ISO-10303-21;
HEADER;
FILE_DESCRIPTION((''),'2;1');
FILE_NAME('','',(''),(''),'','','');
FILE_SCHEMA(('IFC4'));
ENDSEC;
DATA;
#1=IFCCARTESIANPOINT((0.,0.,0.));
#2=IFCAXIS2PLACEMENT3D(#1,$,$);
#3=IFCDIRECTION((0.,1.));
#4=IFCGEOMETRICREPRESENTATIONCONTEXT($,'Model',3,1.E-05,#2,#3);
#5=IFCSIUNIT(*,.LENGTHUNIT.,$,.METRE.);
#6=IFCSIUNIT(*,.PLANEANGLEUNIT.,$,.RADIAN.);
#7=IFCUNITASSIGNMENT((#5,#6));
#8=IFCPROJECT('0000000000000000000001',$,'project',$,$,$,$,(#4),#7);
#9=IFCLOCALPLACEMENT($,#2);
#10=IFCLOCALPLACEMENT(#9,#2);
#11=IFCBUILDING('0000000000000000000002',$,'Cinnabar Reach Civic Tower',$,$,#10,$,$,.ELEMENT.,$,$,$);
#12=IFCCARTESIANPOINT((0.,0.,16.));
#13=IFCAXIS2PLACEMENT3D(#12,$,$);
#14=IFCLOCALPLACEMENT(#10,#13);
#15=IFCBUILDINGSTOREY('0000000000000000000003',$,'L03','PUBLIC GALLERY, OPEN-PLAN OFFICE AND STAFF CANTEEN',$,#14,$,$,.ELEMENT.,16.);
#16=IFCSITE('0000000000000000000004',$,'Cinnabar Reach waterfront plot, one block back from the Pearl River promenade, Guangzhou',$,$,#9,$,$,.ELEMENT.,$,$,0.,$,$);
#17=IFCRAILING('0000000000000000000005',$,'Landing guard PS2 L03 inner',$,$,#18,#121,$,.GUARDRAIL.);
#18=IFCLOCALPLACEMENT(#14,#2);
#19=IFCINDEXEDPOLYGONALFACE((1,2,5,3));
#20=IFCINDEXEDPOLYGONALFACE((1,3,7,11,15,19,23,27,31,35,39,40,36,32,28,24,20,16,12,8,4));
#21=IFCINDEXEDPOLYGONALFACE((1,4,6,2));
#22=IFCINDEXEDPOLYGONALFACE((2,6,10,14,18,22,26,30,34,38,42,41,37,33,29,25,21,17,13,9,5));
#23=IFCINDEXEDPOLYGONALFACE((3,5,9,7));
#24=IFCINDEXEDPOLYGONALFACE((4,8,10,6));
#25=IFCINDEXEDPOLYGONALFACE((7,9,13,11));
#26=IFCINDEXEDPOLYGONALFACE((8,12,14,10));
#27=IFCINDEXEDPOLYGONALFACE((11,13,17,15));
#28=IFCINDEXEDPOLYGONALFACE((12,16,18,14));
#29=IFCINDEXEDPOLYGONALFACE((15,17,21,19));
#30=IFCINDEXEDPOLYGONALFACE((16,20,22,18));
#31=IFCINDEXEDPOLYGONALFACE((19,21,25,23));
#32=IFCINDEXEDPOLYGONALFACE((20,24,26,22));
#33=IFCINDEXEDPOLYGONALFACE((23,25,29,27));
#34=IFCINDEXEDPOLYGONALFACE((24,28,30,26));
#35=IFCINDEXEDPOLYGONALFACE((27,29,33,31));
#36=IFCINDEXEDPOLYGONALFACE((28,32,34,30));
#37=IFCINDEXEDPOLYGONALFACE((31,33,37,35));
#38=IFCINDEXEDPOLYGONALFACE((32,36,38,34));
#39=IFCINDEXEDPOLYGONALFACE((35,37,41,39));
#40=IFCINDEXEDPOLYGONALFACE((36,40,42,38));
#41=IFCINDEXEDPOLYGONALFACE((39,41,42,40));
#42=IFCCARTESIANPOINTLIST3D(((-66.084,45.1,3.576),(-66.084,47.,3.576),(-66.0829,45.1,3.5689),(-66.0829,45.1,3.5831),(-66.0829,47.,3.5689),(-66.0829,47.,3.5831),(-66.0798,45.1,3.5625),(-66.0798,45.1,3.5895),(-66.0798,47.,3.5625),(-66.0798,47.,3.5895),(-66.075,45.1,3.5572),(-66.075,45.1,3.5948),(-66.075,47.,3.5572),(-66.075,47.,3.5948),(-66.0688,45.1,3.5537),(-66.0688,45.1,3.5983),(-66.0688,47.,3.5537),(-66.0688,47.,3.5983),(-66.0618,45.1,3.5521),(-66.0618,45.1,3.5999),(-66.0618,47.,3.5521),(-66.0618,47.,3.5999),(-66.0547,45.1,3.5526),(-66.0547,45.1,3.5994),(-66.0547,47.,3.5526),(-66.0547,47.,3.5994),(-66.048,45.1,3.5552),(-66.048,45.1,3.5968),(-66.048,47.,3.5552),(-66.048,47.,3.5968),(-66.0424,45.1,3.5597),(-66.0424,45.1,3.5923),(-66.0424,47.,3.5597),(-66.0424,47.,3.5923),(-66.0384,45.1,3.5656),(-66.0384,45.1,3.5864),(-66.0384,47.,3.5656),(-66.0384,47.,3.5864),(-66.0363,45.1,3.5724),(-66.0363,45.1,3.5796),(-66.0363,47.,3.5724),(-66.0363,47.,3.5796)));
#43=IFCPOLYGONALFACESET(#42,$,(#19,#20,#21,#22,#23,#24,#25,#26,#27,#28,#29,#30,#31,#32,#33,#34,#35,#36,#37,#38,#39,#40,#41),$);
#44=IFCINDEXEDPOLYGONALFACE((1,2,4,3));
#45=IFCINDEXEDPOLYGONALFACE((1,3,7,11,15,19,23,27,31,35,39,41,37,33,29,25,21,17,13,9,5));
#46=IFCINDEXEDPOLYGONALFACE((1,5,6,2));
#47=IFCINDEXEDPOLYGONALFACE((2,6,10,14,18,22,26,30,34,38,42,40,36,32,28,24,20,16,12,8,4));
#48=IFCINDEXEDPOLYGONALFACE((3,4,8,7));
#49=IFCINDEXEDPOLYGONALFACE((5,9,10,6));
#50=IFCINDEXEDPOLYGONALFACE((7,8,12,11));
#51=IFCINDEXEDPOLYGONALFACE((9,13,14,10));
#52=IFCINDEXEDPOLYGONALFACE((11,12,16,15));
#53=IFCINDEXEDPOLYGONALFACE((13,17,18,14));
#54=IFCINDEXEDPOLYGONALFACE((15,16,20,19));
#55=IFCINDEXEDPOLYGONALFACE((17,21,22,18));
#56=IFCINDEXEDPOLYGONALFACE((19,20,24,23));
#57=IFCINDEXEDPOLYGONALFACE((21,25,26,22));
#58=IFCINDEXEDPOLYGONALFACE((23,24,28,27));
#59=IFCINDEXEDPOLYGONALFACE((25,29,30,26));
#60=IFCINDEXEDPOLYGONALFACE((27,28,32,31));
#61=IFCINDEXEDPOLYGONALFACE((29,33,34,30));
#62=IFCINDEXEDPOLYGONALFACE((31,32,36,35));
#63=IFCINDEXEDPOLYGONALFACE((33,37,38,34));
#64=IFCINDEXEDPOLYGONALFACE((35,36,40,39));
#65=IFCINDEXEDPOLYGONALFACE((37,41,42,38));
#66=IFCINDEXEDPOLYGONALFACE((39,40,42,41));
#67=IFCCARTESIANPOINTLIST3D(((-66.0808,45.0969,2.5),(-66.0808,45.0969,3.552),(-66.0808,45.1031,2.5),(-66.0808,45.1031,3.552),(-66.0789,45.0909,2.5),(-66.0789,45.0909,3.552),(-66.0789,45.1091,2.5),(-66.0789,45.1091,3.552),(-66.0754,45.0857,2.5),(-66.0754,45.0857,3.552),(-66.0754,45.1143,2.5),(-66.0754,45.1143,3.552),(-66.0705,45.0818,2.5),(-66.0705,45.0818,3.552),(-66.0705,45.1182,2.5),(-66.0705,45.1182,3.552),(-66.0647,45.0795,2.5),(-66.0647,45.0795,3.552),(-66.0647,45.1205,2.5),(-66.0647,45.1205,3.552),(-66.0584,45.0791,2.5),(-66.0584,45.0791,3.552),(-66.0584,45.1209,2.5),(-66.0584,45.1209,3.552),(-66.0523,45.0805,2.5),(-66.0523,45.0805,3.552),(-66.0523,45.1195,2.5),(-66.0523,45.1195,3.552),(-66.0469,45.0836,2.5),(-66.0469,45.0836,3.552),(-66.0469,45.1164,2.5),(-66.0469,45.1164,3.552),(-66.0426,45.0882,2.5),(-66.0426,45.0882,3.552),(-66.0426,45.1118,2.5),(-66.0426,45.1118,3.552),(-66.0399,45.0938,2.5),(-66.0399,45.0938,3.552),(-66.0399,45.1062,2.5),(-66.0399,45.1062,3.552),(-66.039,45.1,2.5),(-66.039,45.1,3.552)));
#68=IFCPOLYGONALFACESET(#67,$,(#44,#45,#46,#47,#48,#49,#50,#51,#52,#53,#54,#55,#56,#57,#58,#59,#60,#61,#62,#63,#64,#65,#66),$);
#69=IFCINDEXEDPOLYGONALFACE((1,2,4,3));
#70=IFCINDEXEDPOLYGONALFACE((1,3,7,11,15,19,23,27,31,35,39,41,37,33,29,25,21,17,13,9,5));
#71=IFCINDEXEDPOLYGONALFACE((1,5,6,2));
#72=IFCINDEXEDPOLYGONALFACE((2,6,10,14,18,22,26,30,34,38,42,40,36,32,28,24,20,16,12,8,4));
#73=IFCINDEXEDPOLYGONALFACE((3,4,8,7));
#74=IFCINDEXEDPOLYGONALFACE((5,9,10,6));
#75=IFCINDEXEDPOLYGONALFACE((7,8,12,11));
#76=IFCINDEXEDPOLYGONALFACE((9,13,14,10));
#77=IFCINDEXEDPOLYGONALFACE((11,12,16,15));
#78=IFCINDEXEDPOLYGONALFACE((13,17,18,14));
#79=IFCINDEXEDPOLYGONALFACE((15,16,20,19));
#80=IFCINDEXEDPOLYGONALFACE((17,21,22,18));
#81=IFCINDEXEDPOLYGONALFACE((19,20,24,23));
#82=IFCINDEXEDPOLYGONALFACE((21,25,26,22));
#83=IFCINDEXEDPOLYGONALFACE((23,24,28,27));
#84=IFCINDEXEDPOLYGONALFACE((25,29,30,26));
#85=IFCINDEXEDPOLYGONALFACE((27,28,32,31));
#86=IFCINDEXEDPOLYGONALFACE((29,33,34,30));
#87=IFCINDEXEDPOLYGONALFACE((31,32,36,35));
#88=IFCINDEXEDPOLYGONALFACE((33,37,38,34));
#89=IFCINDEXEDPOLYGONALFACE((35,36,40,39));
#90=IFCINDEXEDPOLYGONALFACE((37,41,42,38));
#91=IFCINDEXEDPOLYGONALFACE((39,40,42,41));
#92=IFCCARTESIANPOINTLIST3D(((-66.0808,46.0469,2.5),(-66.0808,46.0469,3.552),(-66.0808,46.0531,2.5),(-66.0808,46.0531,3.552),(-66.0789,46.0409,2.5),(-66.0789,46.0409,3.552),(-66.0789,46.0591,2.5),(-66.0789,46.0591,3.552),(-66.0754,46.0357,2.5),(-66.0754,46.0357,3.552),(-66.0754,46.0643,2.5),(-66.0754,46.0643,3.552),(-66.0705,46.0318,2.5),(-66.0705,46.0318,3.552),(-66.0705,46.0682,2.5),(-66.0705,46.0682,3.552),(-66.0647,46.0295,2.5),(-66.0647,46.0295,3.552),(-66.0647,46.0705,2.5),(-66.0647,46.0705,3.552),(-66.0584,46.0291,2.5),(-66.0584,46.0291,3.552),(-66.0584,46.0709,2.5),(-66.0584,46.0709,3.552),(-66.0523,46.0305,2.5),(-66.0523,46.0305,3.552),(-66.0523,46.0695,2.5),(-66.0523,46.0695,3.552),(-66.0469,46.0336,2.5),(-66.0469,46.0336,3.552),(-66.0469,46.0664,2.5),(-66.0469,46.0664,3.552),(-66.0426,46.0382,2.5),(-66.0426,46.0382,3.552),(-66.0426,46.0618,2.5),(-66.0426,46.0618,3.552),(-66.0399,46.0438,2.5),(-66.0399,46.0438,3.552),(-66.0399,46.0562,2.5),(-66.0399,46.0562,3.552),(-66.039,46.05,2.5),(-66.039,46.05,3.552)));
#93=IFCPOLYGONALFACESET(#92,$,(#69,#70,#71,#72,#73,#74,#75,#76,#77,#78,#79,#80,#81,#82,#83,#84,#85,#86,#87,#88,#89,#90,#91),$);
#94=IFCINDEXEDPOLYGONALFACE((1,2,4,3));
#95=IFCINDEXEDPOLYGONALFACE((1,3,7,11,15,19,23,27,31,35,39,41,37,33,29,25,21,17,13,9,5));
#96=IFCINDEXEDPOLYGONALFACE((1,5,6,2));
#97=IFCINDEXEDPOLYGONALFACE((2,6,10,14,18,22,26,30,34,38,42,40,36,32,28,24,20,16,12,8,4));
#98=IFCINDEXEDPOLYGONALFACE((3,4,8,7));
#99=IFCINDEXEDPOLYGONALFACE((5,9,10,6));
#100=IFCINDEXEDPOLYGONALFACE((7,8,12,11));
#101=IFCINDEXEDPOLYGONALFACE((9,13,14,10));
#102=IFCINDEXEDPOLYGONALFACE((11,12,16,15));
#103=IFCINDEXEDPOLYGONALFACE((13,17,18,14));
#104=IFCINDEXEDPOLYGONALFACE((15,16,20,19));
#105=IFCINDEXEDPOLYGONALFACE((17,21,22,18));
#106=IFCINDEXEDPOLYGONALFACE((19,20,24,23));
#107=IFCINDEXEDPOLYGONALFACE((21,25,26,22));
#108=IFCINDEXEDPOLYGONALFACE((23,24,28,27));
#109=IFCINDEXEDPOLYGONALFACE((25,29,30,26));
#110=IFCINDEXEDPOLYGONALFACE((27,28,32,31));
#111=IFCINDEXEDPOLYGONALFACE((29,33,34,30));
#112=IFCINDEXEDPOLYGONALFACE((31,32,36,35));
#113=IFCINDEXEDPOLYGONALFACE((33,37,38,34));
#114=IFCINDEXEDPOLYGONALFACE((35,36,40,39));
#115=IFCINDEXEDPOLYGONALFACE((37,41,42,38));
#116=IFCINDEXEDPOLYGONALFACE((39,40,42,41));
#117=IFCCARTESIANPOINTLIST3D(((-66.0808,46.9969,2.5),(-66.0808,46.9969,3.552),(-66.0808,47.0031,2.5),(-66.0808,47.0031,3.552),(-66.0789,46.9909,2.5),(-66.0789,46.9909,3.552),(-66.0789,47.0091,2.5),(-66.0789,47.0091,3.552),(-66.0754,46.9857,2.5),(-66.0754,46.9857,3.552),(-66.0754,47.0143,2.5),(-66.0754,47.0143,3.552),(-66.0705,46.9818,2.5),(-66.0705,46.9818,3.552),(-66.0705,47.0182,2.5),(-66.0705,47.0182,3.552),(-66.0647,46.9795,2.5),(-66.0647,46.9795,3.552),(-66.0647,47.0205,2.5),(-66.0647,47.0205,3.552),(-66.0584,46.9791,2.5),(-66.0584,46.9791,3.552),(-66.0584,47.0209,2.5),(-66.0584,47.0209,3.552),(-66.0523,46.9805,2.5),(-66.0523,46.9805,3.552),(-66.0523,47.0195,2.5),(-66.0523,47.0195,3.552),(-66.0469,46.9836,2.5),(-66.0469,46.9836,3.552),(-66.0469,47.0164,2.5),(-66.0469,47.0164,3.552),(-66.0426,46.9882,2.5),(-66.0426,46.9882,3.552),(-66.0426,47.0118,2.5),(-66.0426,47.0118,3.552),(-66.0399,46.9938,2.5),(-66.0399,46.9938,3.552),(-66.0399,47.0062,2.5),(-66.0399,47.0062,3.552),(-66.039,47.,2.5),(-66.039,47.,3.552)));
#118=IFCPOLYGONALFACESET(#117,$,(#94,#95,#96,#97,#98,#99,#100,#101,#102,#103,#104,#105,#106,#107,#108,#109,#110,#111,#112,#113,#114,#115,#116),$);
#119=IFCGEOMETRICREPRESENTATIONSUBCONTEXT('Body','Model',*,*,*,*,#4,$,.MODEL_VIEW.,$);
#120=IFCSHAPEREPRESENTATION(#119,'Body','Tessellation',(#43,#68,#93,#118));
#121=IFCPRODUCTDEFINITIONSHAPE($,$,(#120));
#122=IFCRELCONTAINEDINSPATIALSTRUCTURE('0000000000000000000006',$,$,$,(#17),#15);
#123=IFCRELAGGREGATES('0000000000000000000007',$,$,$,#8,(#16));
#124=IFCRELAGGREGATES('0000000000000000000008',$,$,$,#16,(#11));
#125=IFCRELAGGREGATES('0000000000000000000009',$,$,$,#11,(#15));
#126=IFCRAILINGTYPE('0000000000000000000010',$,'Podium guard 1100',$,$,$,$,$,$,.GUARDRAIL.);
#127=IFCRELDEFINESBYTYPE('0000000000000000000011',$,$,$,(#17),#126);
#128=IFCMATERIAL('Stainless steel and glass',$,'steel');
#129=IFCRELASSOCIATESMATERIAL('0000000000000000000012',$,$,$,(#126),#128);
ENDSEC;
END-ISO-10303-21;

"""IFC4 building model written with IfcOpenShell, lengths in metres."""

from ifc_helpers import new_model, si_unit, direction, frame, origin, origin_2d, place, context, subcontext, project, spatial, circle, extrude, material, type_object, element, save


model = new_model("IFC4")

# Units and contexts
model_context = context("Model", 3, precision=1e-05, world=origin(), true_north=direction((0.0, 1.0)))
body_context = subcontext(model_context, "Body", "Model", "MODEL_VIEW")
ifc_project = project(units=[si_unit("LENGTHUNIT", "METRE"), si_unit("PLANEANGLEUNIT", "RADIAN")], contexts=[model_context])

# Site, building, storey
site_placement = place(None, origin())
site = spatial("IfcSite", under=ifc_project, at=site_placement, Name="Cinnabar Reach waterfront plot, one block back from the Pearl River promenade, Guangzhou", CompositionType="ELEMENT", RefElevation=0.0)
building_placement = place(site_placement, origin())
building = spatial("IfcBuilding", under=site, at=building_placement, Name="Cinnabar Reach Civic Tower", CompositionType="ELEMENT")
storey_placement = place(building_placement, frame((0.0, 0.0, 16.0)))
storey = spatial("IfcBuildingStorey", under=building, at=storey_placement, Name="L03", Description="PUBLIC GALLERY, OPEN-PLAN OFFICE AND STAFF CANTEEN", CompositionType="ELEMENT", Elevation=16.0)

# Railing
ifc_material_1 = material(Name="Stainless steel and glass", Category="steel")
railing_type_1 = type_object("IfcRailingType", Name="Podium guard 1100", PredefinedType="GUARDRAIL", material=ifc_material_1)
railing_1_placement = place(storey_placement, frame((-66.06, 45.1, 2.5)))
element("IfcRailing", 1, at=railing_1_placement, inside=storey, type_object=railing_type_1, Name="Landing guard PS2 L03 inner", PredefinedType="GUARDRAIL", context=body_context, shape_type="SweptSolid", body=[
    extrude(circle(Radius=0.024, at=origin_2d()), frame((0.0, 0.0, 1.076), z_axis=(0.0, 1.0, 0.0), x_axis=(-1.0, 0.0, 0.0)), (0.0, 0.0, 1.0), 1.9),
    extrude(circle(Radius=0.021, at=origin_2d()), origin(), (0.0, 0.0, 1.0), 1.052),
    extrude(circle(Radius=0.021, at=origin_2d()), frame((0.0, 0.95, 0.0)), (0.0, 0.0, 1.0), 1.052),
    extrude(circle(Radius=0.021, at=origin_2d()), frame((0.0, 1.9, 0.0)), (0.0, 0.0, 1.0), 1.052),
])

save(model, "model.ifc")
